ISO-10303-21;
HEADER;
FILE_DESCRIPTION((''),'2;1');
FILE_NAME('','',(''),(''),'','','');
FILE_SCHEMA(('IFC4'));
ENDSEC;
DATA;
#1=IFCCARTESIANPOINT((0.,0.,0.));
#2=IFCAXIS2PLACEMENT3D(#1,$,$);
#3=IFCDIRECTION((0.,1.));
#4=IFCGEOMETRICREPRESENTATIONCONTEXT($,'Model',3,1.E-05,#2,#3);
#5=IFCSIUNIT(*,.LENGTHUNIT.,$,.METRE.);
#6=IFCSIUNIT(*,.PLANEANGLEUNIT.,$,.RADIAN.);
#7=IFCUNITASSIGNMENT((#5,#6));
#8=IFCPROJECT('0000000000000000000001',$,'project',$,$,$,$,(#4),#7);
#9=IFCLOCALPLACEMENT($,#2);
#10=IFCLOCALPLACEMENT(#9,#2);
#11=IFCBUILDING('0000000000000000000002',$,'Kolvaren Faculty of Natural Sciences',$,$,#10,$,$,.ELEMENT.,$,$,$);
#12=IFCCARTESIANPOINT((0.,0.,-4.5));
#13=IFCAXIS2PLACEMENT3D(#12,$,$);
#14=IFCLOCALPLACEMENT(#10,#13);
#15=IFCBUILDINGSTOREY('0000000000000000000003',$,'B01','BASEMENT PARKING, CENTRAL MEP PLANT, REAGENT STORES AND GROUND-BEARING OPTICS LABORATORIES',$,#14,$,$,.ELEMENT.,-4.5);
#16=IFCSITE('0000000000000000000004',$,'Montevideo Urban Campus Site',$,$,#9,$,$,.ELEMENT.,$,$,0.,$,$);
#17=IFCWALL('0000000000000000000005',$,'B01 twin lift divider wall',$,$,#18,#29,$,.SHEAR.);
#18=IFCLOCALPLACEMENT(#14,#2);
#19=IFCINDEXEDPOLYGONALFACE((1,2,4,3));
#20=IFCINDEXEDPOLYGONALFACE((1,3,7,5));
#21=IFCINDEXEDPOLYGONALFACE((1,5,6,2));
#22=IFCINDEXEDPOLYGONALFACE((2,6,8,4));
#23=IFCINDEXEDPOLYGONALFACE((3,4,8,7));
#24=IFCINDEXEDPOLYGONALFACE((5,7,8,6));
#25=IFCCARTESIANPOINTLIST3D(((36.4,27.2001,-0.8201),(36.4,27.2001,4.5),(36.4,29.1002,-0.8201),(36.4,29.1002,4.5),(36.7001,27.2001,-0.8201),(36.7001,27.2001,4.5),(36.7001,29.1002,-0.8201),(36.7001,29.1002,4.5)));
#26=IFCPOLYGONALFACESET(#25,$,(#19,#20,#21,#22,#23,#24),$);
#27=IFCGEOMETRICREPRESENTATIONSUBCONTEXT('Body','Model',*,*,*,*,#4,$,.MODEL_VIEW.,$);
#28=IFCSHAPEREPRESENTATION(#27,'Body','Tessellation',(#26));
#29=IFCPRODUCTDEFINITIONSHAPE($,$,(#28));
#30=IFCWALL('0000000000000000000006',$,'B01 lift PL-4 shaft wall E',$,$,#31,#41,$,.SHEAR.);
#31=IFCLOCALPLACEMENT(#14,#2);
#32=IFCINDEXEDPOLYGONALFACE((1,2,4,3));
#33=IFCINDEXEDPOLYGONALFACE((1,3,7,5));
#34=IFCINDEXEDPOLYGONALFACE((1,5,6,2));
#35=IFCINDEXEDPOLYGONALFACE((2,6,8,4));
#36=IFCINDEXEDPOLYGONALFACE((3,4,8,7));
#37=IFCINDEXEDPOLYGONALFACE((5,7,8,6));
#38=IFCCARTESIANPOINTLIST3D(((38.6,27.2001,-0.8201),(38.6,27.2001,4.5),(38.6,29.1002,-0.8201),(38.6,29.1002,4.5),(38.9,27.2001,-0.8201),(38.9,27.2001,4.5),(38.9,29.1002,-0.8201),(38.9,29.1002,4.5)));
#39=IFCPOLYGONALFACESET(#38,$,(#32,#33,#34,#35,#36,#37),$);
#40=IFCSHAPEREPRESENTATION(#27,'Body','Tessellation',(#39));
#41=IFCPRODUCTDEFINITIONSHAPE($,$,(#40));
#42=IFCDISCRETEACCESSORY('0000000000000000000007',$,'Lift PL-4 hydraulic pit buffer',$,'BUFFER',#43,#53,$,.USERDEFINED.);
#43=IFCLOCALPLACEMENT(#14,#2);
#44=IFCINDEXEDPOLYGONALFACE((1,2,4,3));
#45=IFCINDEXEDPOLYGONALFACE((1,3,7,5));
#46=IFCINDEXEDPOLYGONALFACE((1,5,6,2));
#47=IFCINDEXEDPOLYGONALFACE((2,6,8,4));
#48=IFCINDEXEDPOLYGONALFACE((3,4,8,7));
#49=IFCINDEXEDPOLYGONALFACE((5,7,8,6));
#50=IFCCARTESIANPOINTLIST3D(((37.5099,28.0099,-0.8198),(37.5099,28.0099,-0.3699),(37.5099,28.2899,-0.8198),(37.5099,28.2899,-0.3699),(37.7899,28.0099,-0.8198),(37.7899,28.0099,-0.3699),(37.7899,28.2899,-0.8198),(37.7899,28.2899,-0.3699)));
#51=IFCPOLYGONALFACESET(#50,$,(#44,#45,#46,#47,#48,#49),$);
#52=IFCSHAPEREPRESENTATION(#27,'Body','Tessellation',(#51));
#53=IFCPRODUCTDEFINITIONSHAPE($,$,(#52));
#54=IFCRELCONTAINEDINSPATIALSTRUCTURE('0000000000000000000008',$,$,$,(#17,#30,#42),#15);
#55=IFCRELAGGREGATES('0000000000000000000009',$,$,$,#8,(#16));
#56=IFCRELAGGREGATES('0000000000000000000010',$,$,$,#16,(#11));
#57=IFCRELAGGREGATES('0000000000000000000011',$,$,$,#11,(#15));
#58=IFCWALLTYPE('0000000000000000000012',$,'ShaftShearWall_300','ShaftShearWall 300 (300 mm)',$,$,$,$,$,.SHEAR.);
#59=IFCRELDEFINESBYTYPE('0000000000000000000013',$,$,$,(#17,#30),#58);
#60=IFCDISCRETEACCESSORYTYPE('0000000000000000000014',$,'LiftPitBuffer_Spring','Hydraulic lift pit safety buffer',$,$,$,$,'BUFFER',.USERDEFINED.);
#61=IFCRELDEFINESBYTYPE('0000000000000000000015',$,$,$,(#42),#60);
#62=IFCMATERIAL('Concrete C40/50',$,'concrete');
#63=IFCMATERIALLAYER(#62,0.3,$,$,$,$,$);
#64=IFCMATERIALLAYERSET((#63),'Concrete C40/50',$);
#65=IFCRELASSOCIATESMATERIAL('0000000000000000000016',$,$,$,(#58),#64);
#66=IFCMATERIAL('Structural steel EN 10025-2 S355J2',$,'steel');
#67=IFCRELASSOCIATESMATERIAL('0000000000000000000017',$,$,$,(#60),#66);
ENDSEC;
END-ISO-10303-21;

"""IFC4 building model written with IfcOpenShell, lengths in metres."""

from ifc_helpers import new_model, si_unit, direction, frame, frame_2d, origin, origin_2d, place, context, subcontext, project, spatial, rectangle, extrude, material, layer, layer_set, type_object, element, save


model = new_model("IFC4")

# Units and contexts
model_context = context("Model", 3, precision=1e-05, world=origin(), true_north=direction((0.0, 1.0)))
body_context = subcontext(model_context, "Body", "Model", "MODEL_VIEW")
ifc_project = project(units=[si_unit("LENGTHUNIT", "METRE"), si_unit("PLANEANGLEUNIT", "RADIAN")], contexts=[model_context])

# Site, building, storey
site_placement = place(None, origin())
site = spatial("IfcSite", under=ifc_project, at=site_placement, Name="Montevideo Urban Campus Site", CompositionType="ELEMENT", RefElevation=0.0)
building_placement = place(site_placement, origin())
building = spatial("IfcBuilding", under=site, at=building_placement, Name="Kolvaren Faculty of Natural Sciences", CompositionType="ELEMENT")
storey_placement = place(building_placement, frame((0.0, 0.0, -4.5)))
storey = spatial("IfcBuildingStorey", under=building, at=storey_placement, Name="B01", Description="BASEMENT PARKING, CENTRAL MEP PLANT, REAGENT STORES AND GROUND-BEARING OPTICS LABORATORIES", CompositionType="ELEMENT", Elevation=-4.5)

# Shared definitions
ifc_material_1 = material(Name="Concrete C40/50", Category="concrete")

# Shared definitions
ifc_material_2 = material(Name="Structural steel EN 10025-2 S355J2", Category="steel")

# Shared definitions
ifc_layer_1 = layer(ifc_material_1, 0.3)
ifc_layer_set_1 = layer_set([ifc_layer_1], Name="Concrete C40/50")
wall_type_1 = type_object("IfcWallType", Name="ShaftShearWall_300", Description="ShaftShearWall 300 (300 mm)", PredefinedType="SHEAR", material=ifc_layer_set_1)

# Walls
for number, where, z_axis, x_axis, name in (
    (1, (36.55, 27.2, -0.8201), (0.0, 0.0, 1.0), (0.0, 1.0, 0.0), "B01 twin lift divider wall"),
    (2, (38.75, 27.2, -0.8201), (0.0, 0.0, 1.0), (0.0, 1.0, 0.0), "B01 lift PL-4 shaft wall E"),
):
    element("IfcWall", number, at=place(storey_placement, frame(where, z_axis=z_axis, x_axis=x_axis)), inside=storey, type_object=wall_type_1, Name=name, PredefinedType="SHEAR", context=body_context, shape_type="SweptSolid", body=[
        extrude(rectangle(XDim=1.9001, YDim=0.3, at=frame_2d((0.9502, 0.0))), origin(), (0.0, 0.0, 1.0), 5.3201),
    ])

# Discrete accessory
discrete_accessory_type = type_object("IfcDiscreteAccessoryType", Name="LiftPitBuffer_Spring", Description="Hydraulic lift pit safety buffer", ElementType="BUFFER", PredefinedType="USERDEFINED", material=ifc_material_2)
discrete_accessory_placement = place(storey_placement, frame((37.6499, 28.1499, -0.8198), z_axis=(0.0, 0.0, 1.0), x_axis=(1.0, 0.0, 0.0)))
element("IfcDiscreteAccessory", 3, at=discrete_accessory_placement, inside=storey, type_object=discrete_accessory_type, Name="Lift PL-4 hydraulic pit buffer", ObjectType="BUFFER", PredefinedType="USERDEFINED", context=body_context, shape_type="SweptSolid", body=[
    extrude(rectangle(XDim=0.28, YDim=0.28, at=origin_2d()), origin(), (0.0, 0.0, 1.0), 0.45),
])

save(model, "model.ifc")
